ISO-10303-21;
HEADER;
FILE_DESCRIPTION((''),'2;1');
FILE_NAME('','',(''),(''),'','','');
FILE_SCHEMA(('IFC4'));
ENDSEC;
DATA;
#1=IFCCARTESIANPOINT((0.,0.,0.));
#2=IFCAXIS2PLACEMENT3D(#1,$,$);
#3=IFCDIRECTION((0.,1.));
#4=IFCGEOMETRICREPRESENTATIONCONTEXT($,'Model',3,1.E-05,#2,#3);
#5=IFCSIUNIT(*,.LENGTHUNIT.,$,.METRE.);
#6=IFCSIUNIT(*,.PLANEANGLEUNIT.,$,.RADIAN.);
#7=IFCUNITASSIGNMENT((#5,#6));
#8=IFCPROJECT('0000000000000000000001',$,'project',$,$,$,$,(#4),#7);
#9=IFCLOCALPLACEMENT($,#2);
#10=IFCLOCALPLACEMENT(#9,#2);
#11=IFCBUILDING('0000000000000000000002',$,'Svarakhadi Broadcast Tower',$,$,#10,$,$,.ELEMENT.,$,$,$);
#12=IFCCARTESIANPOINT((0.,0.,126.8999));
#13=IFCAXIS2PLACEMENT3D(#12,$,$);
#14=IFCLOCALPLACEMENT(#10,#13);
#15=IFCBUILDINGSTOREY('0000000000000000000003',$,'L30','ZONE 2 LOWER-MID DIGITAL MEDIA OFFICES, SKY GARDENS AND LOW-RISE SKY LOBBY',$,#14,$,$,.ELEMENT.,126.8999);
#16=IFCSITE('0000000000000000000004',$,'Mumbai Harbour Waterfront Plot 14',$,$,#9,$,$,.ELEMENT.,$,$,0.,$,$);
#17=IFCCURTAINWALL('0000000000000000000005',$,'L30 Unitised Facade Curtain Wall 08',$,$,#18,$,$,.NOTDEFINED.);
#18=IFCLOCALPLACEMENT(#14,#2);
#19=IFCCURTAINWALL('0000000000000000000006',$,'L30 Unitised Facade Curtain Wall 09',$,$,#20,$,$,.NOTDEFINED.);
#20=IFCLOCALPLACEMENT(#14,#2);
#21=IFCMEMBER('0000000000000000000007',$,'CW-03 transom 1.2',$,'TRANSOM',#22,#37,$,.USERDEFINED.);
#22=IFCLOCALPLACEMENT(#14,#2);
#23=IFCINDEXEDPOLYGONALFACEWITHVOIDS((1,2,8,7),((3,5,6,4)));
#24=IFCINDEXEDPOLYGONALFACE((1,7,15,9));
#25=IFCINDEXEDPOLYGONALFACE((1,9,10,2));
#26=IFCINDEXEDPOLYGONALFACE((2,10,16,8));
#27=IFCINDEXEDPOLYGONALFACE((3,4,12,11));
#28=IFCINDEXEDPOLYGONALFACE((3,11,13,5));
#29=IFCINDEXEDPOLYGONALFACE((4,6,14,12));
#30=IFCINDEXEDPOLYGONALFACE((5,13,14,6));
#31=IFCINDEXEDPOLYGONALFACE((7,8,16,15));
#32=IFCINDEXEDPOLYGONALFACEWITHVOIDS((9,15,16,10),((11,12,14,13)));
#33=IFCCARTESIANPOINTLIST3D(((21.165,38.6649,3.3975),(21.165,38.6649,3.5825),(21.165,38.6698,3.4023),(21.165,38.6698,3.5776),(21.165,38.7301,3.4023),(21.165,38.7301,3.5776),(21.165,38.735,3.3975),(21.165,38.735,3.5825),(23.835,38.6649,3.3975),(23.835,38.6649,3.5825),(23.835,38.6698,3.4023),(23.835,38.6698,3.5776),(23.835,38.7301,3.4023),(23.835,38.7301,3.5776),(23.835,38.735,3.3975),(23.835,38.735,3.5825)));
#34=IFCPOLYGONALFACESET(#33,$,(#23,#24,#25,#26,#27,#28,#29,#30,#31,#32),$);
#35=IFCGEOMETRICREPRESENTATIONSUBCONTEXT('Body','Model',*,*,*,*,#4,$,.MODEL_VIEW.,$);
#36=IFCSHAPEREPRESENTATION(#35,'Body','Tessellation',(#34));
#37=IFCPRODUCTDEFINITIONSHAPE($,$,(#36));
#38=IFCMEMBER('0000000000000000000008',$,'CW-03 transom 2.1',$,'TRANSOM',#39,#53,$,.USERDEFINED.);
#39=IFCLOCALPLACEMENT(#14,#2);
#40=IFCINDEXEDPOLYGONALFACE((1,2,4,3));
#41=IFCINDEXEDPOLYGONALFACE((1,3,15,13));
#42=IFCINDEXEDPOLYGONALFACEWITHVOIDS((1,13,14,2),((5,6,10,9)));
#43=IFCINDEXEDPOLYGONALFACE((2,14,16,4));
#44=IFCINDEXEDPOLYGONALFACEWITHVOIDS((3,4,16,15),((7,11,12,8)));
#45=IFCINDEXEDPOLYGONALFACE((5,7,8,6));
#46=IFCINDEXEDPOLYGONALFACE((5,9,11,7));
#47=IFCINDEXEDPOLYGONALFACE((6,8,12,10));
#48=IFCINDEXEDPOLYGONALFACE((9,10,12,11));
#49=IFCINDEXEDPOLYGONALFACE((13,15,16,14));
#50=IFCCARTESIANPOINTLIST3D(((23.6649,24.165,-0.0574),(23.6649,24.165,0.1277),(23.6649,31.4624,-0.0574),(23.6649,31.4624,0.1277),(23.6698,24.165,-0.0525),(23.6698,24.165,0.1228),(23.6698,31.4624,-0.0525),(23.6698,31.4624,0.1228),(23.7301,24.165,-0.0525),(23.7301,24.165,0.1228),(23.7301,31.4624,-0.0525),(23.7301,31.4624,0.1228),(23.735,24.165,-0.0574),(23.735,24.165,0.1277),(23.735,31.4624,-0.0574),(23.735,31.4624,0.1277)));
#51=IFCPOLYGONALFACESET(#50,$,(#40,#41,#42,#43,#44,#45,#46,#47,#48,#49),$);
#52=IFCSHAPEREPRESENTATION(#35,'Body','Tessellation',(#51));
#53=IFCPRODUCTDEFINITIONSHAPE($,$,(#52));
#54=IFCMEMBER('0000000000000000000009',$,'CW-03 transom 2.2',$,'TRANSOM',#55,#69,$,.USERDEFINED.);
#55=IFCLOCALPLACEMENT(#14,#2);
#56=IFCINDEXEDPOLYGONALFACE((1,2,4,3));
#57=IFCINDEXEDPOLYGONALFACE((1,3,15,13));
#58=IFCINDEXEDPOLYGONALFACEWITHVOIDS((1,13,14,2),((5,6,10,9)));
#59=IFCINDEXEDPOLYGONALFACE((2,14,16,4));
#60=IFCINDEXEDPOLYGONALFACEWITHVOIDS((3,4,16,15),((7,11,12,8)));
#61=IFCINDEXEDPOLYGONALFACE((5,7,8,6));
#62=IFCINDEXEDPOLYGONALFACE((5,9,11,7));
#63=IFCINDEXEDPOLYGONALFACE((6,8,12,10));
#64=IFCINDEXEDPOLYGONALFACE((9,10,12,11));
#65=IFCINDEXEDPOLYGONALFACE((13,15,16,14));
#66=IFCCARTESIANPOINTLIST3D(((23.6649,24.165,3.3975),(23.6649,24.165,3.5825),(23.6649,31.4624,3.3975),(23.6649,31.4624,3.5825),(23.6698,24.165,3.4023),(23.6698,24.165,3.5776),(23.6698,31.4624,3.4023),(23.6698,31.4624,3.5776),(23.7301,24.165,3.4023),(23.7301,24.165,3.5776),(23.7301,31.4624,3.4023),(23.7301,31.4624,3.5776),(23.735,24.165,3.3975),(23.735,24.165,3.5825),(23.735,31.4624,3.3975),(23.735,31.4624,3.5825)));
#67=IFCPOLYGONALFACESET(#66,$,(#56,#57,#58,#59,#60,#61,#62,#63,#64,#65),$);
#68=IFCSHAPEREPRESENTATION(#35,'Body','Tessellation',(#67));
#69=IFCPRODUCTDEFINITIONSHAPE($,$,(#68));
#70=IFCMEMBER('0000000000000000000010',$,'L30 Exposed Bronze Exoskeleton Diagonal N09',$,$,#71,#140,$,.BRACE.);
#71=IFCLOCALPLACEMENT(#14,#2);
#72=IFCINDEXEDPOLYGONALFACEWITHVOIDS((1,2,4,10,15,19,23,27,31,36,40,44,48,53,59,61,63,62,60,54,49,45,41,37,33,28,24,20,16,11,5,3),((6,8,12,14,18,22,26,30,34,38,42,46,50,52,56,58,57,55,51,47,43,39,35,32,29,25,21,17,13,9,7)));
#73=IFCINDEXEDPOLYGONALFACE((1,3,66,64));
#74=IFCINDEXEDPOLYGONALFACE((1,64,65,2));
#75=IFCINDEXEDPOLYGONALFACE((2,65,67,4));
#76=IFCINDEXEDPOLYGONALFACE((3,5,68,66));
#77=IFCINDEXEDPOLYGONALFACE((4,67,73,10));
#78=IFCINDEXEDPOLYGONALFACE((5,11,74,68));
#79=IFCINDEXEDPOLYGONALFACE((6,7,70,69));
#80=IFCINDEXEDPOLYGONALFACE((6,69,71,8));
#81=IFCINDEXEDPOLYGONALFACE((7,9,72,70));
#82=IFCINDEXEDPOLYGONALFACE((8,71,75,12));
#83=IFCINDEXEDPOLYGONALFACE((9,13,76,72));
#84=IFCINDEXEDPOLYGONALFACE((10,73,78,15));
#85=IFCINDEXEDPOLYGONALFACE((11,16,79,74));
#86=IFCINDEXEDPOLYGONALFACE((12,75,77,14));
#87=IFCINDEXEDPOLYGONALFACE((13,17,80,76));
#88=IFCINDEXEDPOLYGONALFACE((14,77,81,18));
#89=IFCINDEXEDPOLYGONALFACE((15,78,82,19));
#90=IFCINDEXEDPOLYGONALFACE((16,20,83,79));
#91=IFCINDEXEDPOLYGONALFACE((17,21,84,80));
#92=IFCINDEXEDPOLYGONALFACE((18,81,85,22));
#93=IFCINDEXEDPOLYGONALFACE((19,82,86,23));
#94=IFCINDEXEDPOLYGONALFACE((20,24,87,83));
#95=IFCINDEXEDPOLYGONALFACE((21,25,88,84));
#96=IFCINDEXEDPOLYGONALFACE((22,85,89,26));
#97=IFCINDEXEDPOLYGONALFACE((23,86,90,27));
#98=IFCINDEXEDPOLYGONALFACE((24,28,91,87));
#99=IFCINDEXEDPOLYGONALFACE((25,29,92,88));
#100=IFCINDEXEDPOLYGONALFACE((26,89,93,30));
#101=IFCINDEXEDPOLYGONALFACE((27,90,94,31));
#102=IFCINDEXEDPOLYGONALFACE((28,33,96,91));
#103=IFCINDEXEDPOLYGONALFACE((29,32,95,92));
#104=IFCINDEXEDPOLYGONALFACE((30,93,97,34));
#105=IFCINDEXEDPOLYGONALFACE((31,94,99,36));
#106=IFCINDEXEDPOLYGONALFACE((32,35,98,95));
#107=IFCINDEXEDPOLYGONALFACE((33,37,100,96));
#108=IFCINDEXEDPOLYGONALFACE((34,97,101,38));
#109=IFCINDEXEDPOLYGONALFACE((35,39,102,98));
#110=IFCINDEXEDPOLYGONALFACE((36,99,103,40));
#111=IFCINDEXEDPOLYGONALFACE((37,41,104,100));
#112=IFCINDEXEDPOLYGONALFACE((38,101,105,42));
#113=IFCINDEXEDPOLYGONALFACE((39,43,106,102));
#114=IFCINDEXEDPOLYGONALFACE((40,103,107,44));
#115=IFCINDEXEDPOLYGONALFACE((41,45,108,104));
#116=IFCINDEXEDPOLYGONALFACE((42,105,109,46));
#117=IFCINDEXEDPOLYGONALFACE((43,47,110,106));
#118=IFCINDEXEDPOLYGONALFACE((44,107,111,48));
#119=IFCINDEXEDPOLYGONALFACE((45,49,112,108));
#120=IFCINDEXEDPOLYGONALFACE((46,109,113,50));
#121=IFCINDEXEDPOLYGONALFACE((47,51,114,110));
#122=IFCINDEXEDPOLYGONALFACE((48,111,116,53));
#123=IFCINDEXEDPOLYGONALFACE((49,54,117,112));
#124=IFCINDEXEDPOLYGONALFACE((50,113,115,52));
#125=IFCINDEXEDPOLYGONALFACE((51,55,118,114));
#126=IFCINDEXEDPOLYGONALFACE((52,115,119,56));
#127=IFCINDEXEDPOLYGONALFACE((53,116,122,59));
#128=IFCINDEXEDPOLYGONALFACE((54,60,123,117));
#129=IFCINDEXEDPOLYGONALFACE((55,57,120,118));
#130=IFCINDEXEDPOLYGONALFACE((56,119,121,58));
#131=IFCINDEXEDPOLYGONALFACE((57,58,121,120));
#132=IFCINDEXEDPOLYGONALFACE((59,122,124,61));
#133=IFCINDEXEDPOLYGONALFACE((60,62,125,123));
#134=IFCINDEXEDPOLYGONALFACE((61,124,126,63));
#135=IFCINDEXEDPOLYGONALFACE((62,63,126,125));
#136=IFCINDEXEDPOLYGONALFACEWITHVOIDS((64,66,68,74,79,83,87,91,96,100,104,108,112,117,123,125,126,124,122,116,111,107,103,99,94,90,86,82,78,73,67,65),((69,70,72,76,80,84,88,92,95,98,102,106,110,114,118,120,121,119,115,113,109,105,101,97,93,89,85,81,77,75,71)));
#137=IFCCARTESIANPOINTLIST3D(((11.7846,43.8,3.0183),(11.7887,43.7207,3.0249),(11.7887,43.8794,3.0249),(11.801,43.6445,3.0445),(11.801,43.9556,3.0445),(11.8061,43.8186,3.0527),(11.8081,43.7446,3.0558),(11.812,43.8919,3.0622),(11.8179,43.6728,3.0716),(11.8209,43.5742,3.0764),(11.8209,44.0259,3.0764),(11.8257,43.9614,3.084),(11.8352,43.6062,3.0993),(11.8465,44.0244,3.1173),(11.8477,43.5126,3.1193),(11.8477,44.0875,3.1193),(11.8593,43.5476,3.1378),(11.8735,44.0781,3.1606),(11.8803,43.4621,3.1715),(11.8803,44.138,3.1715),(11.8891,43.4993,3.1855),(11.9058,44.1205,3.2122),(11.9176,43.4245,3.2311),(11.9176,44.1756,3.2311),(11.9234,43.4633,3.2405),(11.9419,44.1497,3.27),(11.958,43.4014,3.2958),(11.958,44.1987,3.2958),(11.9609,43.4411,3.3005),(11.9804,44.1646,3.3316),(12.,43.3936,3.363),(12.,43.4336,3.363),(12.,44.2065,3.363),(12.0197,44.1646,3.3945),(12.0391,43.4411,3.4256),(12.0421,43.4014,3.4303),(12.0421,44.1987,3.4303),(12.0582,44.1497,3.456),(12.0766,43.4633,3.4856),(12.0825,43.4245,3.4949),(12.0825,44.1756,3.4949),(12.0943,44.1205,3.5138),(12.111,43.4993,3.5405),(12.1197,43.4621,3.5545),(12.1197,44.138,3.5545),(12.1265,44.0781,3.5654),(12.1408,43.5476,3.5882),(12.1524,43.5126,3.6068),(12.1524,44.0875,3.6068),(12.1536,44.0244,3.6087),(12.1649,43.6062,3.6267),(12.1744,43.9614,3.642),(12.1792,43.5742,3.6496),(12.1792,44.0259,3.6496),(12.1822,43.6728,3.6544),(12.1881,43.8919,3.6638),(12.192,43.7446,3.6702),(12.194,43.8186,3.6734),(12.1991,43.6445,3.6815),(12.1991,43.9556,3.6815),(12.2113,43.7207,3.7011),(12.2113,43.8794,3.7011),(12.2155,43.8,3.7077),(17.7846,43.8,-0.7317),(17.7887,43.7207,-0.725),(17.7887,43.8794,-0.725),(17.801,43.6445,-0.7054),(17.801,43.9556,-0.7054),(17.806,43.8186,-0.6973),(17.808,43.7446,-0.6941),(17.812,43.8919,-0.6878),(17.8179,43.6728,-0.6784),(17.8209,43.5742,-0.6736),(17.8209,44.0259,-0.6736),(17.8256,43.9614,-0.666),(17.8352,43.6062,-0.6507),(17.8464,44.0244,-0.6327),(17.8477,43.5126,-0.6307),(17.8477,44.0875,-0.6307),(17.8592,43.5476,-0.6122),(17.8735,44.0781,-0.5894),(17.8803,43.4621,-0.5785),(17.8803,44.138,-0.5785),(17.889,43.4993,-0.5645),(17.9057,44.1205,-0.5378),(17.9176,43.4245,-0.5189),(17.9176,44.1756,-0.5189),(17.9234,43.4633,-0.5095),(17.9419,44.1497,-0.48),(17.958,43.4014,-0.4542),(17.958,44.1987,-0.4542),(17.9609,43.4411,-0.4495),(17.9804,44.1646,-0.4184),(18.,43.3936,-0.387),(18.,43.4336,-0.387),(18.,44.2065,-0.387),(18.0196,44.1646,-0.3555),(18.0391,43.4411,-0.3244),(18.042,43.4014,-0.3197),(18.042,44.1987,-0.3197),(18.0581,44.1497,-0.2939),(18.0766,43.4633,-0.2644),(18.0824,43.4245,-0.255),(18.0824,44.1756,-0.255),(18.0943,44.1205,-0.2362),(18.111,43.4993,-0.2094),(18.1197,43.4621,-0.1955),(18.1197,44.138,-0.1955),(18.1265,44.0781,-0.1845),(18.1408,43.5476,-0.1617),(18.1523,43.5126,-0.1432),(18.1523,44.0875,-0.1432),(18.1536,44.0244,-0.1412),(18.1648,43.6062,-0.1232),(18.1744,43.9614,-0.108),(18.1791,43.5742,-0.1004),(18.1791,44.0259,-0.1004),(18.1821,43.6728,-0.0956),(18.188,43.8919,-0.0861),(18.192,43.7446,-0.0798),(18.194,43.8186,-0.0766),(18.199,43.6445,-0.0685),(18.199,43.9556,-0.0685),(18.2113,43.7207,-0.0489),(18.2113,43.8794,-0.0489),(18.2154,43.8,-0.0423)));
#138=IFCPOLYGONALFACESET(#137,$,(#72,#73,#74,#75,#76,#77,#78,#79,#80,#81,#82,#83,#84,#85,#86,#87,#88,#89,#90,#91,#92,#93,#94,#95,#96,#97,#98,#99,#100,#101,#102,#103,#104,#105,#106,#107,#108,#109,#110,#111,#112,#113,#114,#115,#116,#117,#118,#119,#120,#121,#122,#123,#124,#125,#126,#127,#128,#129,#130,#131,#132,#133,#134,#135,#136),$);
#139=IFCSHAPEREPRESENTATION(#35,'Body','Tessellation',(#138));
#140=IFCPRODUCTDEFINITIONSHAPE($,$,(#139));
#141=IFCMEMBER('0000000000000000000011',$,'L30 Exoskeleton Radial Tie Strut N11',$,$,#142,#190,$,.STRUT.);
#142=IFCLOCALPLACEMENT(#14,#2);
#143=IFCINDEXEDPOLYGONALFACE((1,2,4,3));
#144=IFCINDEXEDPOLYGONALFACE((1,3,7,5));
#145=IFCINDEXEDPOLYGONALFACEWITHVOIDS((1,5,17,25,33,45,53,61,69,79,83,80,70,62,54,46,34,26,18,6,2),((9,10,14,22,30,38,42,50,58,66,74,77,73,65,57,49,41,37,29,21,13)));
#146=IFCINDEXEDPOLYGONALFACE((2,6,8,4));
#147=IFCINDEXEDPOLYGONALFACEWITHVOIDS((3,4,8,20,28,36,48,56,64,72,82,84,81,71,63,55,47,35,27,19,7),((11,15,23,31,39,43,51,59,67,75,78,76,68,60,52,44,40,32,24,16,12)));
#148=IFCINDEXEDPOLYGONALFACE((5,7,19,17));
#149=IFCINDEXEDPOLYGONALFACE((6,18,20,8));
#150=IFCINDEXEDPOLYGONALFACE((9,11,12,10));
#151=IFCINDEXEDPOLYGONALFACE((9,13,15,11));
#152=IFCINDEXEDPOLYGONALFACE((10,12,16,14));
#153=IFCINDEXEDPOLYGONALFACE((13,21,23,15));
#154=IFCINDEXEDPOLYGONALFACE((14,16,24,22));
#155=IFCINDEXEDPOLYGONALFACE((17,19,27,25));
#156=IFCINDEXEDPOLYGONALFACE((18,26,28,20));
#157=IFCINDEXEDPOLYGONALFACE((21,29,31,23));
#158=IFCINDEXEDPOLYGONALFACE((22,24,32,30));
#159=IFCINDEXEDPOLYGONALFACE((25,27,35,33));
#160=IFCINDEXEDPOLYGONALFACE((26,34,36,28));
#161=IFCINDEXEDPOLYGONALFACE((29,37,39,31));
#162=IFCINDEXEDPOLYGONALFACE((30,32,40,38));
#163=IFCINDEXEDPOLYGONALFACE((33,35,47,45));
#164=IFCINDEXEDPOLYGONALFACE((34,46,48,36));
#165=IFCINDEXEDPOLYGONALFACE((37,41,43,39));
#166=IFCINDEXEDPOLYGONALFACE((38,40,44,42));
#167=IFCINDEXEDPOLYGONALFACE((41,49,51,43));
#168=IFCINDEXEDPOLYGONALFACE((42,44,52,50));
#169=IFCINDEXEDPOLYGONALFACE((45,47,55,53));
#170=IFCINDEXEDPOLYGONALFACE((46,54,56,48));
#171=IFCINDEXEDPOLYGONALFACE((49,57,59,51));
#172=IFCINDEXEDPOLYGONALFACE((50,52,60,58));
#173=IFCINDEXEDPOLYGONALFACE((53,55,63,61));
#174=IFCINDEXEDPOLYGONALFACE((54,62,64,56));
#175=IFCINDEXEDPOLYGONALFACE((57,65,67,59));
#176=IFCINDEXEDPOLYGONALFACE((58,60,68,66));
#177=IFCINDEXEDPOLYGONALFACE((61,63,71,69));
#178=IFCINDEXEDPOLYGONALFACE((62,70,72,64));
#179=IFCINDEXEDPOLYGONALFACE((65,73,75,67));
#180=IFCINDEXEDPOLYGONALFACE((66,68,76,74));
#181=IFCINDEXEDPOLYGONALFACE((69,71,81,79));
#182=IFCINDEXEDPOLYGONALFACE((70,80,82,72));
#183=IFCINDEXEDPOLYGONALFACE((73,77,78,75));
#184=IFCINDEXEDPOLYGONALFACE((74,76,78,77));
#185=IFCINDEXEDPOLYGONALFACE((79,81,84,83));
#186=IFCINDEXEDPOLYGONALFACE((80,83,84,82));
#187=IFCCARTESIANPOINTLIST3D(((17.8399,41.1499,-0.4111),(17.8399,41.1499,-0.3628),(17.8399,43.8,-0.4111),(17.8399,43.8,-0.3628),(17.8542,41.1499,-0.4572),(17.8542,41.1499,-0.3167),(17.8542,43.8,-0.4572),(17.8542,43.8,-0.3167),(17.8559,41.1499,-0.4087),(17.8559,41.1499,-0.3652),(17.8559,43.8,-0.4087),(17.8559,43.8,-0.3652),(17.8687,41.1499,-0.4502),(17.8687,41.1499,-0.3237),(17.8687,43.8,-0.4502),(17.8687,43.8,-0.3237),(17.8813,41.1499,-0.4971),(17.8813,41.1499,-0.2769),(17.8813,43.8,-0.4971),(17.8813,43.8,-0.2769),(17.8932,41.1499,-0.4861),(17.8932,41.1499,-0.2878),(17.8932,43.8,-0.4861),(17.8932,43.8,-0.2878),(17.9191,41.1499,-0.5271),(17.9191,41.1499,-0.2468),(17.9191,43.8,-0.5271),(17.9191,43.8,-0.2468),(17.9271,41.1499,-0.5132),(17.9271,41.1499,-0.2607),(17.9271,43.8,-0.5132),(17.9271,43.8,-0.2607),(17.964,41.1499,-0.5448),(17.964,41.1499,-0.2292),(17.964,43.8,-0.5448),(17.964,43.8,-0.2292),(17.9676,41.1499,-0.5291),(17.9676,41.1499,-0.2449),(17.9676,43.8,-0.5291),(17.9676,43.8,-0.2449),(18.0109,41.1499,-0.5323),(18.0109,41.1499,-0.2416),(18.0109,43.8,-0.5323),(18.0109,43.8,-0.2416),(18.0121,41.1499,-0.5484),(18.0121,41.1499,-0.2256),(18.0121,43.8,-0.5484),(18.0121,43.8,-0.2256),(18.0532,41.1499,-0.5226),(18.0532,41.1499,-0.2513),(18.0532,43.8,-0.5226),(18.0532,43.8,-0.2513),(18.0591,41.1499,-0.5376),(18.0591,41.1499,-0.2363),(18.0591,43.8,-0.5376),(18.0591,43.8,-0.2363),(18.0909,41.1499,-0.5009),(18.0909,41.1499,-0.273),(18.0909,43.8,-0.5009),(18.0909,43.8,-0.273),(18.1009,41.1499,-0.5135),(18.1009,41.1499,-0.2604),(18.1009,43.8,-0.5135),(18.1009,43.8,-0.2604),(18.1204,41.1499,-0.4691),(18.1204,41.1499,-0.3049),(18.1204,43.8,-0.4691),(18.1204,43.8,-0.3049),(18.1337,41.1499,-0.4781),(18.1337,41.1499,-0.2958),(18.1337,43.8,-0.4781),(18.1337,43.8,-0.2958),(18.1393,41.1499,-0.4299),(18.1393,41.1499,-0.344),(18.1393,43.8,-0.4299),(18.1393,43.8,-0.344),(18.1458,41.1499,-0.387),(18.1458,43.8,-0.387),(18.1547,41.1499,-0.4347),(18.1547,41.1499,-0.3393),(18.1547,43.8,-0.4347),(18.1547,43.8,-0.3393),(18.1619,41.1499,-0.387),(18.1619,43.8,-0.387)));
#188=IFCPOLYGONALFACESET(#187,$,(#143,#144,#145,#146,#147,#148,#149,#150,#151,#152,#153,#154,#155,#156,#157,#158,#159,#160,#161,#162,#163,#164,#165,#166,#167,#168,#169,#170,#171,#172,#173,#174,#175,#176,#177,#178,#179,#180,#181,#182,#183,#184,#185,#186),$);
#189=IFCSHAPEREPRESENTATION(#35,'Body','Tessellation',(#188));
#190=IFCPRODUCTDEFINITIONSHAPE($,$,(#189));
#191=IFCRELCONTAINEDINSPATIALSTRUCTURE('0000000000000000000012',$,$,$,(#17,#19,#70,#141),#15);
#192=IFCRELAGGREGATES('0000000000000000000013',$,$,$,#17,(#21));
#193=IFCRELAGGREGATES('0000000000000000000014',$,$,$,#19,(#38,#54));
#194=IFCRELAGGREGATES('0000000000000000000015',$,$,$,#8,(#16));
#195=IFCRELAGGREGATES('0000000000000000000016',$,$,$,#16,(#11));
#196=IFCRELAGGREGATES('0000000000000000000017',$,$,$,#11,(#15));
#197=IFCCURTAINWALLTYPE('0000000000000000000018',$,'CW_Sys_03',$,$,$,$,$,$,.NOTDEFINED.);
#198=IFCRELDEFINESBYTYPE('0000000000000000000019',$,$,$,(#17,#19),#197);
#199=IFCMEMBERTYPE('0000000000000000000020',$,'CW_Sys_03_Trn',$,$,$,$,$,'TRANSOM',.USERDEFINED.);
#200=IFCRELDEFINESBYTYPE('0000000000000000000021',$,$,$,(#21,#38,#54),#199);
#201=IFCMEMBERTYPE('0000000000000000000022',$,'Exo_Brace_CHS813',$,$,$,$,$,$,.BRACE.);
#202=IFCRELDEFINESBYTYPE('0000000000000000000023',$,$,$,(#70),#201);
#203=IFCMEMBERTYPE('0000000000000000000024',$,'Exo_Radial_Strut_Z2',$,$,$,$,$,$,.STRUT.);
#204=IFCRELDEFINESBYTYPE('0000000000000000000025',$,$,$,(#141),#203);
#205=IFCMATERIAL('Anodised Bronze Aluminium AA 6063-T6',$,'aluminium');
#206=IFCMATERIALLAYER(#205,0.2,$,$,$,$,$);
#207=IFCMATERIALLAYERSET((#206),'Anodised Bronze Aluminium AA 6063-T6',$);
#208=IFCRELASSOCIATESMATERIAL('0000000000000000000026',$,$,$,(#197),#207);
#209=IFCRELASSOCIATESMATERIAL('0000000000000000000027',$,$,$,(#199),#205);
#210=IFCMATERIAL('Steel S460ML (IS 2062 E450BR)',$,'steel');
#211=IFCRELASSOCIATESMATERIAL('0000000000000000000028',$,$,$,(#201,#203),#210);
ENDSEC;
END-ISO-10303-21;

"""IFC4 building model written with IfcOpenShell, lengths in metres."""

from ifc_helpers import new_model, si_unit, direction, frame, origin, origin_2d, place, context, subcontext, project, spatial, hollow_rectangle, hollow_circle, extrude, material, layer, layer_set, material_profile, profile_set, type_object, element, aggregate, save


model = new_model("IFC4")

# Units and contexts
model_context = context("Model", 3, precision=1e-05, world=origin(), true_north=direction((0.0, 1.0)))
body_context = subcontext(model_context, "Body", "Model", "MODEL_VIEW")
ifc_project = project(units=[si_unit("LENGTHUNIT", "METRE"), si_unit("PLANEANGLEUNIT", "RADIAN")], contexts=[model_context])

# Site, building, storey
site_placement = place(None, origin())
site = spatial("IfcSite", under=ifc_project, at=site_placement, Name="Mumbai Harbour Waterfront Plot 14", CompositionType="ELEMENT", RefElevation=0.0)
building_placement = place(site_placement, origin())
building = spatial("IfcBuilding", under=site, at=building_placement, Name="Svarakhadi Broadcast Tower", CompositionType="ELEMENT")
storey_placement = place(building_placement, frame((0.0, 0.0, 126.8999)))
storey = spatial("IfcBuildingStorey", under=building, at=storey_placement, Name="L30", Description="ZONE 2 LOWER-MID DIGITAL MEDIA OFFICES, SKY GARDENS AND LOW-RISE SKY LOBBY", CompositionType="ELEMENT", Elevation=126.8999)

# Shared definitions
ifc_material_1 = material(Name="Anodised Bronze Aluminium AA 6063-T6", Category="aluminium")
ifc_layer_1 = layer(ifc_material_1, 0.2)
ifc_layer_set_1 = layer_set([ifc_layer_1], Name="Anodised Bronze Aluminium AA 6063-T6")
curtain_wall_type = type_object("IfcCurtainWallType", Name="CW_Sys_03", PredefinedType="NOTDEFINED", material=ifc_layer_set_1)

# Curtain walls
curtain_wall_1_placement = place(storey_placement, origin())
curtain_wall_1 = element("IfcCurtainWall", 1, at=curtain_wall_1_placement, inside=storey, type_object=curtain_wall_type, Name="L30 Unitised Facade Curtain Wall 08", PredefinedType="NOTDEFINED")
curtain_wall_2_placement = place(storey_placement, origin())
curtain_wall_2 = element("IfcCurtainWall", 2, at=curtain_wall_2_placement, inside=storey, type_object=curtain_wall_type, Name="L30 Unitised Facade Curtain Wall 09", PredefinedType="NOTDEFINED")

# Members
ifc_material_profile_1 = material_profile(ifc_material_1, hollow_rectangle(XDim=0.0701, YDim=0.1851, WallThickness=0.0049, at=origin_2d()), Name="ALU TRANSOM 185x70x5")
ifc_profile_set_1 = profile_set([ifc_material_profile_1], Name="Anodised Bronze Aluminium AA 6063-T6")
member_type_1 = type_object("IfcMemberType", Name="CW_Sys_03_Trn", ElementType="TRANSOM", PredefinedType="USERDEFINED", material=ifc_profile_set_1)
member_1_placement = place(storey_placement, frame((21.165, 38.7, 3.49), z_axis=(1.0, 0.0, 0.0), x_axis=(0.0, 1.0, 0.0)))
member_1 = element("IfcMember", 3, at=member_1_placement, type_object=member_type_1, Name="CW-03 transom 1.2", ObjectType="TRANSOM", PredefinedType="USERDEFINED", context=body_context, shape_type="SweptSolid", body=[
    extrude(hollow_rectangle(XDim=0.0701, YDim=0.1851, WallThickness=0.0049, at=origin_2d()), origin(), (0.0, 0.0, 1.0), 2.6699),
])
member_2_placement = place(storey_placement, frame((23.7, 31.4624, 0.0352), z_axis=(0.0, -1.0, 0.0), x_axis=(1.0, 0.0, 0.0)))
member_2 = element("IfcMember", 4, at=member_2_placement, type_object=member_type_1, Name="CW-03 transom 2.1", ObjectType="TRANSOM", PredefinedType="USERDEFINED", context=body_context, shape_type="SweptSolid", body=[
    extrude(hollow_rectangle(XDim=0.0701, YDim=0.1851, WallThickness=0.0049, at=origin_2d()), origin(), (0.0, 0.0, 1.0), 7.2974),
])
member_3_placement = place(storey_placement, frame((23.7, 31.4624, 3.49), z_axis=(0.0, -1.0, 0.0), x_axis=(1.0, 0.0, 0.0)))
member_3 = element("IfcMember", 5, at=member_3_placement, type_object=member_type_1, Name="CW-03 transom 2.2", ObjectType="TRANSOM", PredefinedType="USERDEFINED", context=body_context, shape_type="SweptSolid", body=[
    extrude(hollow_rectangle(XDim=0.0701, YDim=0.1851, WallThickness=0.0049, at=origin_2d()), origin(), (0.0, 0.0, 1.0), 7.2974),
])

# Members
ifc_material_2 = material(Name="Steel S460ML (IS 2062 E450BR)", Category="steel")
ifc_material_profile_2 = material_profile(ifc_material_2, hollow_circle(Radius=0.4065, WallThickness=0.04, at=origin_2d()), Name="CHS 813x40")
ifc_profile_set_2 = profile_set([ifc_material_profile_2], Name="Steel S460ML (IS 2062 E450BR)")
member_type_2 = type_object("IfcMemberType", Name="Exo_Brace_CHS813", PredefinedType="BRACE", material=ifc_profile_set_2)
member_4_placement = place(storey_placement, frame((18.0, 43.8, -0.387), z_axis=(-0.847998, 0.0, 0.529999), x_axis=(0.0, -1.0, 0.0)))
element("IfcMember", 6, at=member_4_placement, inside=storey, type_object=member_type_2, Name="L30 Exposed Bronze Exoskeleton Diagonal N09", PredefinedType="BRACE", context=body_context, shape_type="SweptSolid", body=[
    extrude(hollow_circle(Radius=0.4065, WallThickness=0.04, at=origin_2d()), origin(), (0.0, 0.0, 1.0), 7.0754),
])
ifc_material_profile_3 = material_profile(ifc_material_2, hollow_circle(Radius=0.1619, WallThickness=0.0161, at=origin_2d()), Name="CHS 323.9x16")
ifc_profile_set_3 = profile_set([ifc_material_profile_3], Name="Steel S460ML (IS 2062 E450BR)")
member_type_3 = type_object("IfcMemberType", Name="Exo_Radial_Strut_Z2", PredefinedType="STRUT", material=ifc_profile_set_3)
member_5_placement = place(storey_placement, frame((18.0, 43.8, -0.387), z_axis=(0.0, -1.0, 0.0), x_axis=(1.0, 0.0, 0.0)))
element("IfcMember", 7, at=member_5_placement, inside=storey, type_object=member_type_3, Name="L30 Exoskeleton Radial Tie Strut N11", PredefinedType="STRUT", context=body_context, shape_type="SweptSolid", body=[
    extrude(hollow_circle(Radius=0.1619, WallThickness=0.0161, at=origin_2d()), origin(), (0.0, 0.0, 1.0), 2.6501),
])

aggregate(curtain_wall_1, [member_1])
aggregate(curtain_wall_2, [member_2, member_3])

save(model, "model.ifc")
